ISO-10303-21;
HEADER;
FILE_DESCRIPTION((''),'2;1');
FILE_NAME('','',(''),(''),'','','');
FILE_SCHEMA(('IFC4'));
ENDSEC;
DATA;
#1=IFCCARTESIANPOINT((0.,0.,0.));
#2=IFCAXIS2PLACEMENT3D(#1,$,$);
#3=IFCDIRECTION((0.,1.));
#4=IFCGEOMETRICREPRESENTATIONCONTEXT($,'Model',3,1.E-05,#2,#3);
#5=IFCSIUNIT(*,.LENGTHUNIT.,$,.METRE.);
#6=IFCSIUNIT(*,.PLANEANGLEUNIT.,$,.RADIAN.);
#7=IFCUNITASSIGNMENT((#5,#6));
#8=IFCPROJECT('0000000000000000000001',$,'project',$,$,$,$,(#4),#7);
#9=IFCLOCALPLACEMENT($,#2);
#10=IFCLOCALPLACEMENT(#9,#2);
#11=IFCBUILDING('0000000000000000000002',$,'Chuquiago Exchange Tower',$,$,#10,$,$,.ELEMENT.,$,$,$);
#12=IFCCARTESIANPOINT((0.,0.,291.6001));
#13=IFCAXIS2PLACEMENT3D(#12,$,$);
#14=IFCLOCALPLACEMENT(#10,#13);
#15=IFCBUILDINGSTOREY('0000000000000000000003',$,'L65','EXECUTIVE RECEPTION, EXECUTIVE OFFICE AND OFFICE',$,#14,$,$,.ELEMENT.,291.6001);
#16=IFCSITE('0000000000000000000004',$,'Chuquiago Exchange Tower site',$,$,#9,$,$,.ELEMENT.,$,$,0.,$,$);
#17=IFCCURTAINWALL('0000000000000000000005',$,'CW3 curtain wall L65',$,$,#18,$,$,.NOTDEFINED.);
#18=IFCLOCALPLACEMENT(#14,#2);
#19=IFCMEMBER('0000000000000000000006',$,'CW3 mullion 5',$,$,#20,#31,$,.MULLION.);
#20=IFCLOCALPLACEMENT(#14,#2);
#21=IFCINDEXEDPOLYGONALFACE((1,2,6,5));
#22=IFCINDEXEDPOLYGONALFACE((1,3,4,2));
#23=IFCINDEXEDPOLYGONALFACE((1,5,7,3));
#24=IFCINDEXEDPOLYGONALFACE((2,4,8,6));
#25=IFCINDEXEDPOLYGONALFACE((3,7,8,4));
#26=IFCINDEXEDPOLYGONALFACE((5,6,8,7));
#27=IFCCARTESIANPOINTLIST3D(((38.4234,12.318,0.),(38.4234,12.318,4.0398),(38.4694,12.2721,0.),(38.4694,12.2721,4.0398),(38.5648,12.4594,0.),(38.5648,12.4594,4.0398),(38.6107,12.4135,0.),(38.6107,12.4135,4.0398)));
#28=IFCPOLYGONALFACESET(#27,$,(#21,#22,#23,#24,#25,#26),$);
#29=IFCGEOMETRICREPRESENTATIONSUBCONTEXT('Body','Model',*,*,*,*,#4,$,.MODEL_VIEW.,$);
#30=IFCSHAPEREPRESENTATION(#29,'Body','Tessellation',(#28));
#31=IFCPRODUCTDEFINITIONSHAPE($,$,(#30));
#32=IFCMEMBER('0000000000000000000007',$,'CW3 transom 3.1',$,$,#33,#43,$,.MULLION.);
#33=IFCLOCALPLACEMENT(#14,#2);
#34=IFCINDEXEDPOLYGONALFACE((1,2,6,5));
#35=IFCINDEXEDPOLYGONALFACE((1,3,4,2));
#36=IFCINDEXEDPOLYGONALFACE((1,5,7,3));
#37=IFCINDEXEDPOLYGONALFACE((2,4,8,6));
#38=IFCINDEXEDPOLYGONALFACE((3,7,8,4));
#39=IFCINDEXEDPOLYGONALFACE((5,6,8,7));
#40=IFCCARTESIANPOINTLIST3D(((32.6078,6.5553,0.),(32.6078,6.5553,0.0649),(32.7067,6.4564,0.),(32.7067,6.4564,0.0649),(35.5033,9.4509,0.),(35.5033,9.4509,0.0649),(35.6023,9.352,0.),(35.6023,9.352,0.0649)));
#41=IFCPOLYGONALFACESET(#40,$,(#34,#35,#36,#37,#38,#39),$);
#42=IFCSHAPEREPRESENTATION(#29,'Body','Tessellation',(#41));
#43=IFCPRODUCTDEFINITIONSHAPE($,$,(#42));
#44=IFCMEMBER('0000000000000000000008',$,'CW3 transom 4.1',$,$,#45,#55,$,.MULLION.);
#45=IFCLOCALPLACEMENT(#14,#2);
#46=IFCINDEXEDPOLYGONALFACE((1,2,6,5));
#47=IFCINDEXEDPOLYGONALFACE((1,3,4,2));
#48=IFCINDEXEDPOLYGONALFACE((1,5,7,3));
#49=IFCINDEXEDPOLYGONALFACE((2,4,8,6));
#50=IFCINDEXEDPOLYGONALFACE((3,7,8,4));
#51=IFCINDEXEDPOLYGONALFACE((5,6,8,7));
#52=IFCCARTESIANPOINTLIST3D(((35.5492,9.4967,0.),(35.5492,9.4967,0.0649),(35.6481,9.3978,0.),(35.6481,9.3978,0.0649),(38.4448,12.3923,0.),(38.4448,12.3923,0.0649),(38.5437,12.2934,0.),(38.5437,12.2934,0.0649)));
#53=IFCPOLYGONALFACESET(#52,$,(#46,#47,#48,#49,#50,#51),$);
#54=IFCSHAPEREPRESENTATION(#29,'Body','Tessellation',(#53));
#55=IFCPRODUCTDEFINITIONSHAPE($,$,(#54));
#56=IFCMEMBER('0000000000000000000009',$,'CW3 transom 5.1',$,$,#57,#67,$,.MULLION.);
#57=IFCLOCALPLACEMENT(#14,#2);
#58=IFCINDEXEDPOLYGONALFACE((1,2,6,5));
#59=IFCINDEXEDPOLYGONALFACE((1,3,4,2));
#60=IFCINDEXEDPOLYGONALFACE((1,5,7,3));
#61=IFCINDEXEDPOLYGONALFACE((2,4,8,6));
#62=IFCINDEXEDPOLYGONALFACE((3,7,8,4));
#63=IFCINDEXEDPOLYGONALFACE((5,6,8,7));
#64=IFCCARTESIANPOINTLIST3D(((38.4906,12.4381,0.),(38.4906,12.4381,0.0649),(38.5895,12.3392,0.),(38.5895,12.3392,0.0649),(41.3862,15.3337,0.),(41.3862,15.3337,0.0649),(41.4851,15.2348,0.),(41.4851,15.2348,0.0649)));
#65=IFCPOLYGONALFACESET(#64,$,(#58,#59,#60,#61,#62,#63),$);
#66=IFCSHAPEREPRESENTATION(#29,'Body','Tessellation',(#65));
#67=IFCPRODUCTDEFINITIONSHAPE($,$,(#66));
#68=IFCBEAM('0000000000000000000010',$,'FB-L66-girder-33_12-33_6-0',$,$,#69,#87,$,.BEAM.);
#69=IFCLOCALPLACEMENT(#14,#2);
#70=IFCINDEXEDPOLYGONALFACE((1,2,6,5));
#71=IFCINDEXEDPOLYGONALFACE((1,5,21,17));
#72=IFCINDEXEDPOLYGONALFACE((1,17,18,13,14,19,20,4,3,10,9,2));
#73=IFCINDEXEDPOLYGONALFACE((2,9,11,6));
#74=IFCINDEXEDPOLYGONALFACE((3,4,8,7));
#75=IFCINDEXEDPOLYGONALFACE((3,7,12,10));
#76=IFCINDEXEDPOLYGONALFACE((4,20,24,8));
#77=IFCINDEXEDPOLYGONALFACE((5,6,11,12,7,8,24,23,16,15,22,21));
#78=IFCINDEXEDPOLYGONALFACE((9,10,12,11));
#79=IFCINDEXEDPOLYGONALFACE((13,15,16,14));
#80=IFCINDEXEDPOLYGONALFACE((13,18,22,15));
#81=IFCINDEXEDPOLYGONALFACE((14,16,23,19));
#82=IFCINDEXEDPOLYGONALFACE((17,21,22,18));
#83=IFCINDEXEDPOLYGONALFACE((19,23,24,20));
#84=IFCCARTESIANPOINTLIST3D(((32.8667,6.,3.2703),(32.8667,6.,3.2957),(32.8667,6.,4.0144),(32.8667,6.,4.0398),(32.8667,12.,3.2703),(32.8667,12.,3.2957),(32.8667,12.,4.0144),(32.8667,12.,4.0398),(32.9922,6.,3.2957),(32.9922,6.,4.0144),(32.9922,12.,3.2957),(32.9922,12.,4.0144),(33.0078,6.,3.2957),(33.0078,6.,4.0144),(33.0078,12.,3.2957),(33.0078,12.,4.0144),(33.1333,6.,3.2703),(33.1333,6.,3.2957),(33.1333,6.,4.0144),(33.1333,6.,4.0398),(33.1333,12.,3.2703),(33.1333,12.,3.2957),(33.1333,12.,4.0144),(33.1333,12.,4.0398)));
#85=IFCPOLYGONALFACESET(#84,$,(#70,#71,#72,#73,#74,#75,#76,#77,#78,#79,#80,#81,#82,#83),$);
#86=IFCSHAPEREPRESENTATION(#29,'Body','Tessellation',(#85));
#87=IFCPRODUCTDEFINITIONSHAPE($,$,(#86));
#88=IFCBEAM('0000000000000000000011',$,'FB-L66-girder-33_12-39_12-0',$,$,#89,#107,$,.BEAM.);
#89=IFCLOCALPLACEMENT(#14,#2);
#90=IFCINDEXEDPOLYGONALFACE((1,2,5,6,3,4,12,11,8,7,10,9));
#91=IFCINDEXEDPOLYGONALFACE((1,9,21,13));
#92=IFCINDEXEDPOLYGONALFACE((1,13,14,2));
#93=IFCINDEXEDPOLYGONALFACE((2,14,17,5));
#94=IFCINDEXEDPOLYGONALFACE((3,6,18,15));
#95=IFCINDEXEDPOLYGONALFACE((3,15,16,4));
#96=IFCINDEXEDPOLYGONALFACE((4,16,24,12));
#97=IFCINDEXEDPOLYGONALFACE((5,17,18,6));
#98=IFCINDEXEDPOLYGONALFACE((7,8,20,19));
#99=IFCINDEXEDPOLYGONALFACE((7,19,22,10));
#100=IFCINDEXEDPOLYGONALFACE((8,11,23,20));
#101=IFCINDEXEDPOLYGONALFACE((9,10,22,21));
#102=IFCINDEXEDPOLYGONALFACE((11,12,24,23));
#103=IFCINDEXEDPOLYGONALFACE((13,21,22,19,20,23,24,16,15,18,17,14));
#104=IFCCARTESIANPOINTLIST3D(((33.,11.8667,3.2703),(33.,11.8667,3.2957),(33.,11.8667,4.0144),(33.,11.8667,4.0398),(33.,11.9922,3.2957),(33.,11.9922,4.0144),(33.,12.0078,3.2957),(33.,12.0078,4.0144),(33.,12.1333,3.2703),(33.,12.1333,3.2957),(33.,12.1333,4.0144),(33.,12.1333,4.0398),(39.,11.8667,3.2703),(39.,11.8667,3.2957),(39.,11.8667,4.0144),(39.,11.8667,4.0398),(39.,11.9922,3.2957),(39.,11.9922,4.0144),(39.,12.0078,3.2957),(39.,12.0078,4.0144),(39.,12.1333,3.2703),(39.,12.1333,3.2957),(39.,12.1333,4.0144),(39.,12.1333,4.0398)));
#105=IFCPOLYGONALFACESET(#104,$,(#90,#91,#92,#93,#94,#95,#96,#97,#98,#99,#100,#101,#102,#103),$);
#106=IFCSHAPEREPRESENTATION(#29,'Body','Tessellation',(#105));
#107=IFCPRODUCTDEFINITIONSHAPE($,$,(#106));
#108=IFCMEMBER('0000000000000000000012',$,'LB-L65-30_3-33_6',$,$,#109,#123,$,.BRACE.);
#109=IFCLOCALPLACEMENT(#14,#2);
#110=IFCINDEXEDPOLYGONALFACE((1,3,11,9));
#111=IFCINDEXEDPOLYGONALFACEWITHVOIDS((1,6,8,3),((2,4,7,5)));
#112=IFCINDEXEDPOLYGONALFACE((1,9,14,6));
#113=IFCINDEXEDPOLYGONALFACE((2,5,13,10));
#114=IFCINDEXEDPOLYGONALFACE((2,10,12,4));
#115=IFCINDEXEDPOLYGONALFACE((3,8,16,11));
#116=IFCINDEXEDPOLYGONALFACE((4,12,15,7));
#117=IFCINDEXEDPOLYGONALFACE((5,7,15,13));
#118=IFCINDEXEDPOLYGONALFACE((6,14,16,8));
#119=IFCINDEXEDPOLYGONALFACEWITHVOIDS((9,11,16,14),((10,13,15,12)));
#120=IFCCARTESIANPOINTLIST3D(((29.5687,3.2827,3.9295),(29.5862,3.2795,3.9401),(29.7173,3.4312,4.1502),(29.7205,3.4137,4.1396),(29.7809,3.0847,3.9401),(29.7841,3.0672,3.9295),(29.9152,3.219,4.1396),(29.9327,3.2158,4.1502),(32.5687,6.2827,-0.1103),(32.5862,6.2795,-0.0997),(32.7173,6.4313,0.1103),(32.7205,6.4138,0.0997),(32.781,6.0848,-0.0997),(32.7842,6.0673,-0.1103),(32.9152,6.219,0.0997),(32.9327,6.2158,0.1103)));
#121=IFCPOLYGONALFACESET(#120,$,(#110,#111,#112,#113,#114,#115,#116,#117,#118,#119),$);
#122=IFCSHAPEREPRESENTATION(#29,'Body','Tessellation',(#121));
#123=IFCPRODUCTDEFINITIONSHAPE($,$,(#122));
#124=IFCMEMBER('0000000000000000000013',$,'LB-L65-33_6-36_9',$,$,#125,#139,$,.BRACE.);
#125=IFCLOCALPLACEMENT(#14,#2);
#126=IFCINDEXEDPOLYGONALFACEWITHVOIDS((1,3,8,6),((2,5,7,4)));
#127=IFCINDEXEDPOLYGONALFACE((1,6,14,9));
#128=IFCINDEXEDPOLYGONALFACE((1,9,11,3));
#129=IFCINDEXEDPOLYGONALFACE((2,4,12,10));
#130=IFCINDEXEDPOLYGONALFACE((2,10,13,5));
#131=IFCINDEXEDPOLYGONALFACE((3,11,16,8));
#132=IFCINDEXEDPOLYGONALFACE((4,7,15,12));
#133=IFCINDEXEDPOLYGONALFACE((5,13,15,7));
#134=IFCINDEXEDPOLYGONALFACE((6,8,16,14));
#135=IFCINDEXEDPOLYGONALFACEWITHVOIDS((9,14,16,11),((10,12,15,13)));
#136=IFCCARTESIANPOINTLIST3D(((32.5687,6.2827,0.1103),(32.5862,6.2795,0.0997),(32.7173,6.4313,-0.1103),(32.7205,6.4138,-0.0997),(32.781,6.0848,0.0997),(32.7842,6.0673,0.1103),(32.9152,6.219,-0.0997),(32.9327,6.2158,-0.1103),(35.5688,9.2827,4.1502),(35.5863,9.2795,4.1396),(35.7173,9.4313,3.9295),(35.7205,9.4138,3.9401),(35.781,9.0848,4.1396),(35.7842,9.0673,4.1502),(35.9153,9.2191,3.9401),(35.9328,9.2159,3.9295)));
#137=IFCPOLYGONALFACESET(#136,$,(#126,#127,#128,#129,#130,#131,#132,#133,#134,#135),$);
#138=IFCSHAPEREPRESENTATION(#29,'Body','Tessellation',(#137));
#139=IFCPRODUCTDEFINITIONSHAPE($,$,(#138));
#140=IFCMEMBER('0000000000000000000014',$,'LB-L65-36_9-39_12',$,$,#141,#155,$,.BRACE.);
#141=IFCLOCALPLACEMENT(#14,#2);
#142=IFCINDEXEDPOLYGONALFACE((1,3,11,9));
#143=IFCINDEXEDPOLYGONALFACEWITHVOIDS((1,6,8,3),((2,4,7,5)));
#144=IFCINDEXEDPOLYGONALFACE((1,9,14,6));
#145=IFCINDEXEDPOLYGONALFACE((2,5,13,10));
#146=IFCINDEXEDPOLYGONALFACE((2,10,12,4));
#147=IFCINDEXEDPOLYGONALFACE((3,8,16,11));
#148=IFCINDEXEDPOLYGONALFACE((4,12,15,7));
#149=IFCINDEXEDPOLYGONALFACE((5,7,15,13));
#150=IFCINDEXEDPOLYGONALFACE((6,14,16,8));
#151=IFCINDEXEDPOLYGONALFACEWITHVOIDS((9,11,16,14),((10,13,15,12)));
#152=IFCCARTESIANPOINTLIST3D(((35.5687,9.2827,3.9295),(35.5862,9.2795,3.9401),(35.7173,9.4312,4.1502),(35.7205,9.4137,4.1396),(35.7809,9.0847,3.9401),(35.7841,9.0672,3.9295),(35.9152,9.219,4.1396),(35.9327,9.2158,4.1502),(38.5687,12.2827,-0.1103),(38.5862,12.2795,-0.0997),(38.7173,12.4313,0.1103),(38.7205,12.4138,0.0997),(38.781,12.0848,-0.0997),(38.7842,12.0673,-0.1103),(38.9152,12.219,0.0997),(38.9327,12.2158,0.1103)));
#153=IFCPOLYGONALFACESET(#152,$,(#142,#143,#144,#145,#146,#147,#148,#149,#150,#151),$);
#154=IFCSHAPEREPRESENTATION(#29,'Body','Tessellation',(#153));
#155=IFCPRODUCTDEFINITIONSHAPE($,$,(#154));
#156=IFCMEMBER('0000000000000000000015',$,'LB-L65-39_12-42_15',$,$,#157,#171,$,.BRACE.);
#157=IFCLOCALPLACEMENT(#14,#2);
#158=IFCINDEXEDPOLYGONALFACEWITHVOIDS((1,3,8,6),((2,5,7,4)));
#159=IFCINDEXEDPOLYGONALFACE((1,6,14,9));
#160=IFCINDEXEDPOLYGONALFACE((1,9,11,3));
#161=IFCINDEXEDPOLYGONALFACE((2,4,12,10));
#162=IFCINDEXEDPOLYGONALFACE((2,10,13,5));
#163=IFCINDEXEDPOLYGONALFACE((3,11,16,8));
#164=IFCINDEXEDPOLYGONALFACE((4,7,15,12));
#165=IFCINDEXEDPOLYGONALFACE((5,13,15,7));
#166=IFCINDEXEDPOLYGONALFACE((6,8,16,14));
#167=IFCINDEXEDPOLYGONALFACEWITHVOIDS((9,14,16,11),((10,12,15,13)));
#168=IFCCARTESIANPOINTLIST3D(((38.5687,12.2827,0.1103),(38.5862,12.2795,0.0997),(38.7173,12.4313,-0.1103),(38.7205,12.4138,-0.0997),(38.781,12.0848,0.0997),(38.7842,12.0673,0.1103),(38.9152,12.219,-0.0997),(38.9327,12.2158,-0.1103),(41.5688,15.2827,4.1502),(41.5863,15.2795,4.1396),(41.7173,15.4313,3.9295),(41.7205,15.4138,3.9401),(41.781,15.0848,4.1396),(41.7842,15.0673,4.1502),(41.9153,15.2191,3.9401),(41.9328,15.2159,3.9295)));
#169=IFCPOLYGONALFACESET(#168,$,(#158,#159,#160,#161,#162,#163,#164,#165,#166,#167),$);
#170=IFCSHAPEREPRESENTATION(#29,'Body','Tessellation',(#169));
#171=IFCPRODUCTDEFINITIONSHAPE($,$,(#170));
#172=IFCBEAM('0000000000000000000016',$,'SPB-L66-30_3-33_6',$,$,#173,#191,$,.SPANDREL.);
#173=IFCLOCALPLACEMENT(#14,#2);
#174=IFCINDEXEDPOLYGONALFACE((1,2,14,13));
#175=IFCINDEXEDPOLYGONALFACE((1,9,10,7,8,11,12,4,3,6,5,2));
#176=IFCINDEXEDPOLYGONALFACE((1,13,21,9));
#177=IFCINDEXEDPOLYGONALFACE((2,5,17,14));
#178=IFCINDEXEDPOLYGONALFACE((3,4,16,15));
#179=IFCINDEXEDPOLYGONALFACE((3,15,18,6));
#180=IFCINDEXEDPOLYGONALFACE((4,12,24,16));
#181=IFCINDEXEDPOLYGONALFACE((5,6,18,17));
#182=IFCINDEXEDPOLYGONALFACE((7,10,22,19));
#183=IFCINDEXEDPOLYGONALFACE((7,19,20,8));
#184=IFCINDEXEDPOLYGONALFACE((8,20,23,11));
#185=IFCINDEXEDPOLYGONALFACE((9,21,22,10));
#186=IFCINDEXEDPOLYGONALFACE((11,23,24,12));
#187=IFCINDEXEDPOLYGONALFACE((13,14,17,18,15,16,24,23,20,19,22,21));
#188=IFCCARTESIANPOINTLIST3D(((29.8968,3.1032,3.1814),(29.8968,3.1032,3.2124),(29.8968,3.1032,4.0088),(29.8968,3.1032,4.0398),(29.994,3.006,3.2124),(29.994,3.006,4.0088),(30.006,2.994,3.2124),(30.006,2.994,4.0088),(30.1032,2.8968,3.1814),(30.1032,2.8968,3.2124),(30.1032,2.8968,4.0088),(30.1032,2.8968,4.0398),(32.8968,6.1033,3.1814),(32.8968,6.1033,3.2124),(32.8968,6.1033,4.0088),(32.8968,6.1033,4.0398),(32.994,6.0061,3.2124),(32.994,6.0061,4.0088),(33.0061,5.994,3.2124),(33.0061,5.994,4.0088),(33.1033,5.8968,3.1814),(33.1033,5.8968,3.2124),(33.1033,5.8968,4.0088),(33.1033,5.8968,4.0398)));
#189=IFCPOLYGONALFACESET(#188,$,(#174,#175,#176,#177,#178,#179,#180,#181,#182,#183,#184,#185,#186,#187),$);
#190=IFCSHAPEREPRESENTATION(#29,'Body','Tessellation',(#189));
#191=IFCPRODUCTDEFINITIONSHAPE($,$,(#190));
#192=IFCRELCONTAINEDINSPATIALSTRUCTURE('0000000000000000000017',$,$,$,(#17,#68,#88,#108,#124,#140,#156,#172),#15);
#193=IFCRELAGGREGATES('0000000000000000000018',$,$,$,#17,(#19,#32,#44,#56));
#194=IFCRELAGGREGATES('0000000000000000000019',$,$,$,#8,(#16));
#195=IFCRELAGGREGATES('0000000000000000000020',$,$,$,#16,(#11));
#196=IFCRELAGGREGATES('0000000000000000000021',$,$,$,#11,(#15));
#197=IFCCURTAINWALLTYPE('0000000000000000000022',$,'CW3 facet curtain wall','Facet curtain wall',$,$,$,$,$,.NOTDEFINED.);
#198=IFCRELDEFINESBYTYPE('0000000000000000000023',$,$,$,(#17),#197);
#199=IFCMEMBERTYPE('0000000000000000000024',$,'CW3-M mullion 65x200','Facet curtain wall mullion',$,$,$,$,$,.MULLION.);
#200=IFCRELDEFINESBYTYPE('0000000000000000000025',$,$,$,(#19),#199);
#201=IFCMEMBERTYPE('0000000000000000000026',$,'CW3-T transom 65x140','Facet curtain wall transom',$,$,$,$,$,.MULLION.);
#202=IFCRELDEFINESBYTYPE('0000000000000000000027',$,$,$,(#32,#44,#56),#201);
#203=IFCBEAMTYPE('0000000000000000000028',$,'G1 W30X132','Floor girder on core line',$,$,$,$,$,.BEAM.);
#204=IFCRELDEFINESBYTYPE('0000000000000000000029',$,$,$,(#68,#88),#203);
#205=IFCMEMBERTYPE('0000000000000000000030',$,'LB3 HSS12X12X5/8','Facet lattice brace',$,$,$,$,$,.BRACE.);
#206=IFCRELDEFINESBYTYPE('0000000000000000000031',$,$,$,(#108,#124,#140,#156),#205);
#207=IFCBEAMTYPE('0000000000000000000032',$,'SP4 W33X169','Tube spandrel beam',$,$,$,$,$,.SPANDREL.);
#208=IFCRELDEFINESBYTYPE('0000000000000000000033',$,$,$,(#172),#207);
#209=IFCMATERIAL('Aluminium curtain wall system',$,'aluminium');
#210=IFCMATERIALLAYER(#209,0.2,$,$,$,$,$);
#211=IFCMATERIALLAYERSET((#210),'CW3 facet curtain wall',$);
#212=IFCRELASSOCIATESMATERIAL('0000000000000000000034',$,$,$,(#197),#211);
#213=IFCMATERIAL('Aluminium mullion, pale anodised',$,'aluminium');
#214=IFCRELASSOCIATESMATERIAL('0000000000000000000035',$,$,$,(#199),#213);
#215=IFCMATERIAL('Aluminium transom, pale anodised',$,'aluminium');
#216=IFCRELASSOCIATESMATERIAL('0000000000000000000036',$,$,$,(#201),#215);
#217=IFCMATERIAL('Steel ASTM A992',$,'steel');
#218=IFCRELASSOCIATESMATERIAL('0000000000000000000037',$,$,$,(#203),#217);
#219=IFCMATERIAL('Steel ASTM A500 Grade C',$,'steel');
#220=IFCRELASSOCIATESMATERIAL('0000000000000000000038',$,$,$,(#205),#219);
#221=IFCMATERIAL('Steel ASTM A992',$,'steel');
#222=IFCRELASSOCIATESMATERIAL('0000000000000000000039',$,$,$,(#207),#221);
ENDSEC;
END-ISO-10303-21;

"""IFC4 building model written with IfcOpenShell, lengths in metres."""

from ifc_helpers import new_model, si_unit, direction, frame, origin, origin_2d, place, context, subcontext, project, spatial, rectangle, hollow_rectangle, i_section, extrude, material, layer, layer_set, material_profile, profile_set, type_object, element, aggregate, save


model = new_model("IFC4")

# Units and contexts
model_context = context("Model", 3, precision=1e-05, world=origin(), true_north=direction((0.0, 1.0)))
body_context = subcontext(model_context, "Body", "Model", "MODEL_VIEW")
ifc_project = project(units=[si_unit("LENGTHUNIT", "METRE"), si_unit("PLANEANGLEUNIT", "RADIAN")], contexts=[model_context])

# Site, building, storey
site_placement = place(None, origin())
site = spatial("IfcSite", under=ifc_project, at=site_placement, Name="Chuquiago Exchange Tower site", CompositionType="ELEMENT", RefElevation=0.0)
building_placement = place(site_placement, origin())
building = spatial("IfcBuilding", under=site, at=building_placement, Name="Chuquiago Exchange Tower", CompositionType="ELEMENT")
storey_placement = place(building_placement, frame((0.0, 0.0, 291.6001)))
storey = spatial("IfcBuildingStorey", under=building, at=storey_placement, Name="L65", Description="EXECUTIVE RECEPTION, EXECUTIVE OFFICE AND OFFICE", CompositionType="ELEMENT", Elevation=291.6001)

# Curtain wall, members
ifc_material_1 = material(Name="Aluminium curtain wall system", Category="aluminium")
ifc_layer_1 = layer(ifc_material_1, 0.2)
ifc_layer_set_1 = layer_set([ifc_layer_1], Name="CW3 facet curtain wall")
curtain_wall_type = type_object("IfcCurtainWallType", Name="CW3 facet curtain wall", Description="Facet curtain wall", PredefinedType="NOTDEFINED", material=ifc_layer_set_1)
curtain_wall_placement = place(storey_placement, origin())
curtain_wall = element("IfcCurtainWall", 1, at=curtain_wall_placement, inside=storey, type_object=curtain_wall_type, Name="CW3 curtain wall L65", PredefinedType="NOTDEFINED")
ifc_material_2 = material(Name="Aluminium mullion, pale anodised", Category="aluminium")
ifc_material_profile_1 = material_profile(ifc_material_2, rectangle(XDim=0.0649, YDim=0.2, at=origin_2d()), Name="AL 65x200")
ifc_profile_set_1 = profile_set([ifc_material_profile_1], Name="Aluminium mullion, pale anodised")
member_type_1 = type_object("IfcMemberType", Name="CW3-M mullion 65x200", Description="Facet curtain wall mullion", PredefinedType="MULLION", material=ifc_profile_set_1)
member_1_placement = place(storey_placement, frame((38.5171, 12.3657, 0.0), z_axis=(0.0, 0.0, 1.0), x_axis=(-0.707107, 0.707107, 0.0)))
member_1 = element("IfcMember", 2, at=member_1_placement, type_object=member_type_1, Name="CW3 mullion 5", PredefinedType="MULLION", context=body_context, shape_type="SweptSolid", body=[
    extrude(rectangle(XDim=0.0649, YDim=0.2, at=origin_2d()), origin(), (0.0, 0.0, 1.0), 4.0398),
])
ifc_material_3 = material(Name="Aluminium transom, pale anodised", Category="aluminium")
ifc_material_profile_2 = material_profile(ifc_material_3, rectangle(XDim=0.1399, YDim=0.0649, at=origin_2d()), Name="AL 140x65")
ifc_profile_set_2 = profile_set([ifc_material_profile_2], Name="Aluminium transom, pale anodised")
member_type_2 = type_object("IfcMemberType", Name="CW3-T transom 65x140", Description="Facet curtain wall transom", PredefinedType="MULLION", material=ifc_profile_set_2)
member_2_placement = place(storey_placement, frame((32.6572, 6.5059, 0.0325), z_axis=(0.707107, 0.707107, 0.0), x_axis=(-0.707107, 0.707107, 0.0)))
member_2 = element("IfcMember", 3, at=member_2_placement, type_object=member_type_2, Name="CW3 transom 3.1", PredefinedType="MULLION", context=body_context, shape_type="SweptSolid", body=[
    extrude(rectangle(XDim=0.1399, YDim=0.0649, at=origin_2d()), origin(), (0.0, 0.0, 1.0), 4.095),
])
member_3_placement = place(storey_placement, frame((35.5986, 9.4473, 0.0325), z_axis=(0.707107, 0.707107, 0.0), x_axis=(-0.707107, 0.707107, 0.0)))
member_3 = element("IfcMember", 4, at=member_3_placement, type_object=member_type_2, Name="CW3 transom 4.1", PredefinedType="MULLION", context=body_context, shape_type="SweptSolid", body=[
    extrude(rectangle(XDim=0.1399, YDim=0.0649, at=origin_2d()), origin(), (0.0, 0.0, 1.0), 4.095),
])
member_4_placement = place(storey_placement, frame((38.54, 12.3887, 0.0325), z_axis=(0.707107, 0.707107, 0.0), x_axis=(-0.707107, 0.707107, 0.0)))
member_4 = element("IfcMember", 5, at=member_4_placement, type_object=member_type_2, Name="CW3 transom 5.1", PredefinedType="MULLION", context=body_context, shape_type="SweptSolid", body=[
    extrude(rectangle(XDim=0.1399, YDim=0.0649, at=origin_2d()), origin(), (0.0, 0.0, 1.0), 4.095),
])

# Beams
ifc_material_4 = material(Name="Steel ASTM A992", Category="steel")
ifc_material_profile_3 = material_profile(ifc_material_4, i_section(OverallWidth=0.2666, OverallDepth=0.7695, WebThickness=0.0156, FlangeThickness=0.0254, at=origin_2d()), Name="W30X132")
ifc_profile_set_3 = profile_set([ifc_material_profile_3], Name="Steel ASTM A992")
beam_type_1 = type_object("IfcBeamType", Name="G1 W30X132", Description="Floor girder on core line", PredefinedType="BEAM", material=ifc_profile_set_3)
for number, where, z_axis, x_axis, name in (
    (6, (33.0, 12.0, 3.655), (0.0, -1.0, 0.0), (1.0, 0.0, 0.0), "FB-L66-girder-33_12-33_6-0"),
    (7, (33.0, 12.0, 3.655), (1.0, 0.0, 0.0), (0.0, 1.0, 0.0), "FB-L66-girder-33_12-39_12-0"),
):
    element("IfcBeam", number, at=place(storey_placement, frame(where, z_axis=z_axis, x_axis=x_axis)), inside=storey, type_object=beam_type_1, Name=name, PredefinedType="BEAM", context=body_context, shape_type="SweptSolid", body=[
        extrude(i_section(OverallWidth=0.2666, OverallDepth=0.7695, WebThickness=0.0156, FlangeThickness=0.0254, at=origin_2d()), origin(), (0.0, 0.0, 1.0), 6.0),
    ])

# Members
ifc_material_5 = material(Name="Steel ASTM A500 Grade C", Category="steel")
ifc_material_profile_4 = material_profile(ifc_material_5, hollow_rectangle(XDim=0.3047, YDim=0.3047, WallThickness=0.0146, at=origin_2d()), Name="HSS12X12X5/8")
ifc_profile_set_4 = profile_set([ifc_material_profile_4], Name="Steel ASTM A500 Grade C")
member_type_3 = type_object("IfcMemberType", Name="LB3 HSS12X12X5/8", Description="Facet lattice brace", PredefinedType="BRACE", material=ifc_profile_set_4)
for number, where, z_axis, x_axis, name in (
    (8, (32.7507, 6.2493, 0.0), (-0.512092, -0.512092, 0.689582), (0.707107, -0.707107, 0.0), "LB-L65-30_3-33_6"),
    (9, (32.7507, 6.2493, 0.0), (0.512092, 0.512092, 0.689582), (-0.707107, 0.707107, 0.0), "LB-L65-33_6-36_9"),
    (10, (38.7507, 12.2493, 0.0), (-0.512092, -0.512092, 0.689582), (0.707107, -0.707107, 0.0), "LB-L65-36_9-39_12"),
    (11, (38.7507, 12.2493, 0.0), (0.512092, 0.512092, 0.689582), (-0.707107, 0.707107, 0.0), "LB-L65-39_12-42_15"),
):
    element("IfcMember", number, at=place(storey_placement, frame(where, z_axis=z_axis, x_axis=x_axis)), inside=storey, type_object=member_type_3, Name=name, PredefinedType="BRACE", context=body_context, shape_type="SweptSolid", body=[
        extrude(hollow_rectangle(XDim=0.3047, YDim=0.3047, WallThickness=0.0146, at=origin_2d()), origin(), (0.0, 0.0, 1.0), 5.8584),
    ])

# Beam
ifc_material_6 = material(Name="Steel ASTM A992", Category="steel")
ifc_material_profile_5 = material_profile(ifc_material_6, i_section(OverallWidth=0.292, OverallDepth=0.8584, WebThickness=0.0171, FlangeThickness=0.031, at=origin_2d()), Name="W33X169")
ifc_profile_set_5 = profile_set([ifc_material_profile_5], Name="Steel ASTM A992")
beam_type_2 = type_object("IfcBeamType", Name="SP4 W33X169", Description="Tube spandrel beam", PredefinedType="SPANDREL", material=ifc_profile_set_5)
for number, where, z_axis, x_axis, name in (
    (12, (30.0, 3.0, 3.6106), (0.707107, 0.707107, 0.0), (-0.707107, 0.707107, 0.0), "SPB-L66-30_3-33_6"),
):
    element("IfcBeam", number, at=place(storey_placement, frame(where, z_axis=z_axis, x_axis=x_axis)), inside=storey, type_object=beam_type_2, Name=name, PredefinedType="SPANDREL", context=body_context, shape_type="SweptSolid", body=[
        extrude(i_section(OverallWidth=0.292, OverallDepth=0.8584, WebThickness=0.0171, FlangeThickness=0.031, at=origin_2d()), origin(), (0.0, 0.0, 1.0), 4.2427),
    ])

aggregate(curtain_wall, [member_1, member_2, member_3, member_4])

save(model, "model.ifc")
